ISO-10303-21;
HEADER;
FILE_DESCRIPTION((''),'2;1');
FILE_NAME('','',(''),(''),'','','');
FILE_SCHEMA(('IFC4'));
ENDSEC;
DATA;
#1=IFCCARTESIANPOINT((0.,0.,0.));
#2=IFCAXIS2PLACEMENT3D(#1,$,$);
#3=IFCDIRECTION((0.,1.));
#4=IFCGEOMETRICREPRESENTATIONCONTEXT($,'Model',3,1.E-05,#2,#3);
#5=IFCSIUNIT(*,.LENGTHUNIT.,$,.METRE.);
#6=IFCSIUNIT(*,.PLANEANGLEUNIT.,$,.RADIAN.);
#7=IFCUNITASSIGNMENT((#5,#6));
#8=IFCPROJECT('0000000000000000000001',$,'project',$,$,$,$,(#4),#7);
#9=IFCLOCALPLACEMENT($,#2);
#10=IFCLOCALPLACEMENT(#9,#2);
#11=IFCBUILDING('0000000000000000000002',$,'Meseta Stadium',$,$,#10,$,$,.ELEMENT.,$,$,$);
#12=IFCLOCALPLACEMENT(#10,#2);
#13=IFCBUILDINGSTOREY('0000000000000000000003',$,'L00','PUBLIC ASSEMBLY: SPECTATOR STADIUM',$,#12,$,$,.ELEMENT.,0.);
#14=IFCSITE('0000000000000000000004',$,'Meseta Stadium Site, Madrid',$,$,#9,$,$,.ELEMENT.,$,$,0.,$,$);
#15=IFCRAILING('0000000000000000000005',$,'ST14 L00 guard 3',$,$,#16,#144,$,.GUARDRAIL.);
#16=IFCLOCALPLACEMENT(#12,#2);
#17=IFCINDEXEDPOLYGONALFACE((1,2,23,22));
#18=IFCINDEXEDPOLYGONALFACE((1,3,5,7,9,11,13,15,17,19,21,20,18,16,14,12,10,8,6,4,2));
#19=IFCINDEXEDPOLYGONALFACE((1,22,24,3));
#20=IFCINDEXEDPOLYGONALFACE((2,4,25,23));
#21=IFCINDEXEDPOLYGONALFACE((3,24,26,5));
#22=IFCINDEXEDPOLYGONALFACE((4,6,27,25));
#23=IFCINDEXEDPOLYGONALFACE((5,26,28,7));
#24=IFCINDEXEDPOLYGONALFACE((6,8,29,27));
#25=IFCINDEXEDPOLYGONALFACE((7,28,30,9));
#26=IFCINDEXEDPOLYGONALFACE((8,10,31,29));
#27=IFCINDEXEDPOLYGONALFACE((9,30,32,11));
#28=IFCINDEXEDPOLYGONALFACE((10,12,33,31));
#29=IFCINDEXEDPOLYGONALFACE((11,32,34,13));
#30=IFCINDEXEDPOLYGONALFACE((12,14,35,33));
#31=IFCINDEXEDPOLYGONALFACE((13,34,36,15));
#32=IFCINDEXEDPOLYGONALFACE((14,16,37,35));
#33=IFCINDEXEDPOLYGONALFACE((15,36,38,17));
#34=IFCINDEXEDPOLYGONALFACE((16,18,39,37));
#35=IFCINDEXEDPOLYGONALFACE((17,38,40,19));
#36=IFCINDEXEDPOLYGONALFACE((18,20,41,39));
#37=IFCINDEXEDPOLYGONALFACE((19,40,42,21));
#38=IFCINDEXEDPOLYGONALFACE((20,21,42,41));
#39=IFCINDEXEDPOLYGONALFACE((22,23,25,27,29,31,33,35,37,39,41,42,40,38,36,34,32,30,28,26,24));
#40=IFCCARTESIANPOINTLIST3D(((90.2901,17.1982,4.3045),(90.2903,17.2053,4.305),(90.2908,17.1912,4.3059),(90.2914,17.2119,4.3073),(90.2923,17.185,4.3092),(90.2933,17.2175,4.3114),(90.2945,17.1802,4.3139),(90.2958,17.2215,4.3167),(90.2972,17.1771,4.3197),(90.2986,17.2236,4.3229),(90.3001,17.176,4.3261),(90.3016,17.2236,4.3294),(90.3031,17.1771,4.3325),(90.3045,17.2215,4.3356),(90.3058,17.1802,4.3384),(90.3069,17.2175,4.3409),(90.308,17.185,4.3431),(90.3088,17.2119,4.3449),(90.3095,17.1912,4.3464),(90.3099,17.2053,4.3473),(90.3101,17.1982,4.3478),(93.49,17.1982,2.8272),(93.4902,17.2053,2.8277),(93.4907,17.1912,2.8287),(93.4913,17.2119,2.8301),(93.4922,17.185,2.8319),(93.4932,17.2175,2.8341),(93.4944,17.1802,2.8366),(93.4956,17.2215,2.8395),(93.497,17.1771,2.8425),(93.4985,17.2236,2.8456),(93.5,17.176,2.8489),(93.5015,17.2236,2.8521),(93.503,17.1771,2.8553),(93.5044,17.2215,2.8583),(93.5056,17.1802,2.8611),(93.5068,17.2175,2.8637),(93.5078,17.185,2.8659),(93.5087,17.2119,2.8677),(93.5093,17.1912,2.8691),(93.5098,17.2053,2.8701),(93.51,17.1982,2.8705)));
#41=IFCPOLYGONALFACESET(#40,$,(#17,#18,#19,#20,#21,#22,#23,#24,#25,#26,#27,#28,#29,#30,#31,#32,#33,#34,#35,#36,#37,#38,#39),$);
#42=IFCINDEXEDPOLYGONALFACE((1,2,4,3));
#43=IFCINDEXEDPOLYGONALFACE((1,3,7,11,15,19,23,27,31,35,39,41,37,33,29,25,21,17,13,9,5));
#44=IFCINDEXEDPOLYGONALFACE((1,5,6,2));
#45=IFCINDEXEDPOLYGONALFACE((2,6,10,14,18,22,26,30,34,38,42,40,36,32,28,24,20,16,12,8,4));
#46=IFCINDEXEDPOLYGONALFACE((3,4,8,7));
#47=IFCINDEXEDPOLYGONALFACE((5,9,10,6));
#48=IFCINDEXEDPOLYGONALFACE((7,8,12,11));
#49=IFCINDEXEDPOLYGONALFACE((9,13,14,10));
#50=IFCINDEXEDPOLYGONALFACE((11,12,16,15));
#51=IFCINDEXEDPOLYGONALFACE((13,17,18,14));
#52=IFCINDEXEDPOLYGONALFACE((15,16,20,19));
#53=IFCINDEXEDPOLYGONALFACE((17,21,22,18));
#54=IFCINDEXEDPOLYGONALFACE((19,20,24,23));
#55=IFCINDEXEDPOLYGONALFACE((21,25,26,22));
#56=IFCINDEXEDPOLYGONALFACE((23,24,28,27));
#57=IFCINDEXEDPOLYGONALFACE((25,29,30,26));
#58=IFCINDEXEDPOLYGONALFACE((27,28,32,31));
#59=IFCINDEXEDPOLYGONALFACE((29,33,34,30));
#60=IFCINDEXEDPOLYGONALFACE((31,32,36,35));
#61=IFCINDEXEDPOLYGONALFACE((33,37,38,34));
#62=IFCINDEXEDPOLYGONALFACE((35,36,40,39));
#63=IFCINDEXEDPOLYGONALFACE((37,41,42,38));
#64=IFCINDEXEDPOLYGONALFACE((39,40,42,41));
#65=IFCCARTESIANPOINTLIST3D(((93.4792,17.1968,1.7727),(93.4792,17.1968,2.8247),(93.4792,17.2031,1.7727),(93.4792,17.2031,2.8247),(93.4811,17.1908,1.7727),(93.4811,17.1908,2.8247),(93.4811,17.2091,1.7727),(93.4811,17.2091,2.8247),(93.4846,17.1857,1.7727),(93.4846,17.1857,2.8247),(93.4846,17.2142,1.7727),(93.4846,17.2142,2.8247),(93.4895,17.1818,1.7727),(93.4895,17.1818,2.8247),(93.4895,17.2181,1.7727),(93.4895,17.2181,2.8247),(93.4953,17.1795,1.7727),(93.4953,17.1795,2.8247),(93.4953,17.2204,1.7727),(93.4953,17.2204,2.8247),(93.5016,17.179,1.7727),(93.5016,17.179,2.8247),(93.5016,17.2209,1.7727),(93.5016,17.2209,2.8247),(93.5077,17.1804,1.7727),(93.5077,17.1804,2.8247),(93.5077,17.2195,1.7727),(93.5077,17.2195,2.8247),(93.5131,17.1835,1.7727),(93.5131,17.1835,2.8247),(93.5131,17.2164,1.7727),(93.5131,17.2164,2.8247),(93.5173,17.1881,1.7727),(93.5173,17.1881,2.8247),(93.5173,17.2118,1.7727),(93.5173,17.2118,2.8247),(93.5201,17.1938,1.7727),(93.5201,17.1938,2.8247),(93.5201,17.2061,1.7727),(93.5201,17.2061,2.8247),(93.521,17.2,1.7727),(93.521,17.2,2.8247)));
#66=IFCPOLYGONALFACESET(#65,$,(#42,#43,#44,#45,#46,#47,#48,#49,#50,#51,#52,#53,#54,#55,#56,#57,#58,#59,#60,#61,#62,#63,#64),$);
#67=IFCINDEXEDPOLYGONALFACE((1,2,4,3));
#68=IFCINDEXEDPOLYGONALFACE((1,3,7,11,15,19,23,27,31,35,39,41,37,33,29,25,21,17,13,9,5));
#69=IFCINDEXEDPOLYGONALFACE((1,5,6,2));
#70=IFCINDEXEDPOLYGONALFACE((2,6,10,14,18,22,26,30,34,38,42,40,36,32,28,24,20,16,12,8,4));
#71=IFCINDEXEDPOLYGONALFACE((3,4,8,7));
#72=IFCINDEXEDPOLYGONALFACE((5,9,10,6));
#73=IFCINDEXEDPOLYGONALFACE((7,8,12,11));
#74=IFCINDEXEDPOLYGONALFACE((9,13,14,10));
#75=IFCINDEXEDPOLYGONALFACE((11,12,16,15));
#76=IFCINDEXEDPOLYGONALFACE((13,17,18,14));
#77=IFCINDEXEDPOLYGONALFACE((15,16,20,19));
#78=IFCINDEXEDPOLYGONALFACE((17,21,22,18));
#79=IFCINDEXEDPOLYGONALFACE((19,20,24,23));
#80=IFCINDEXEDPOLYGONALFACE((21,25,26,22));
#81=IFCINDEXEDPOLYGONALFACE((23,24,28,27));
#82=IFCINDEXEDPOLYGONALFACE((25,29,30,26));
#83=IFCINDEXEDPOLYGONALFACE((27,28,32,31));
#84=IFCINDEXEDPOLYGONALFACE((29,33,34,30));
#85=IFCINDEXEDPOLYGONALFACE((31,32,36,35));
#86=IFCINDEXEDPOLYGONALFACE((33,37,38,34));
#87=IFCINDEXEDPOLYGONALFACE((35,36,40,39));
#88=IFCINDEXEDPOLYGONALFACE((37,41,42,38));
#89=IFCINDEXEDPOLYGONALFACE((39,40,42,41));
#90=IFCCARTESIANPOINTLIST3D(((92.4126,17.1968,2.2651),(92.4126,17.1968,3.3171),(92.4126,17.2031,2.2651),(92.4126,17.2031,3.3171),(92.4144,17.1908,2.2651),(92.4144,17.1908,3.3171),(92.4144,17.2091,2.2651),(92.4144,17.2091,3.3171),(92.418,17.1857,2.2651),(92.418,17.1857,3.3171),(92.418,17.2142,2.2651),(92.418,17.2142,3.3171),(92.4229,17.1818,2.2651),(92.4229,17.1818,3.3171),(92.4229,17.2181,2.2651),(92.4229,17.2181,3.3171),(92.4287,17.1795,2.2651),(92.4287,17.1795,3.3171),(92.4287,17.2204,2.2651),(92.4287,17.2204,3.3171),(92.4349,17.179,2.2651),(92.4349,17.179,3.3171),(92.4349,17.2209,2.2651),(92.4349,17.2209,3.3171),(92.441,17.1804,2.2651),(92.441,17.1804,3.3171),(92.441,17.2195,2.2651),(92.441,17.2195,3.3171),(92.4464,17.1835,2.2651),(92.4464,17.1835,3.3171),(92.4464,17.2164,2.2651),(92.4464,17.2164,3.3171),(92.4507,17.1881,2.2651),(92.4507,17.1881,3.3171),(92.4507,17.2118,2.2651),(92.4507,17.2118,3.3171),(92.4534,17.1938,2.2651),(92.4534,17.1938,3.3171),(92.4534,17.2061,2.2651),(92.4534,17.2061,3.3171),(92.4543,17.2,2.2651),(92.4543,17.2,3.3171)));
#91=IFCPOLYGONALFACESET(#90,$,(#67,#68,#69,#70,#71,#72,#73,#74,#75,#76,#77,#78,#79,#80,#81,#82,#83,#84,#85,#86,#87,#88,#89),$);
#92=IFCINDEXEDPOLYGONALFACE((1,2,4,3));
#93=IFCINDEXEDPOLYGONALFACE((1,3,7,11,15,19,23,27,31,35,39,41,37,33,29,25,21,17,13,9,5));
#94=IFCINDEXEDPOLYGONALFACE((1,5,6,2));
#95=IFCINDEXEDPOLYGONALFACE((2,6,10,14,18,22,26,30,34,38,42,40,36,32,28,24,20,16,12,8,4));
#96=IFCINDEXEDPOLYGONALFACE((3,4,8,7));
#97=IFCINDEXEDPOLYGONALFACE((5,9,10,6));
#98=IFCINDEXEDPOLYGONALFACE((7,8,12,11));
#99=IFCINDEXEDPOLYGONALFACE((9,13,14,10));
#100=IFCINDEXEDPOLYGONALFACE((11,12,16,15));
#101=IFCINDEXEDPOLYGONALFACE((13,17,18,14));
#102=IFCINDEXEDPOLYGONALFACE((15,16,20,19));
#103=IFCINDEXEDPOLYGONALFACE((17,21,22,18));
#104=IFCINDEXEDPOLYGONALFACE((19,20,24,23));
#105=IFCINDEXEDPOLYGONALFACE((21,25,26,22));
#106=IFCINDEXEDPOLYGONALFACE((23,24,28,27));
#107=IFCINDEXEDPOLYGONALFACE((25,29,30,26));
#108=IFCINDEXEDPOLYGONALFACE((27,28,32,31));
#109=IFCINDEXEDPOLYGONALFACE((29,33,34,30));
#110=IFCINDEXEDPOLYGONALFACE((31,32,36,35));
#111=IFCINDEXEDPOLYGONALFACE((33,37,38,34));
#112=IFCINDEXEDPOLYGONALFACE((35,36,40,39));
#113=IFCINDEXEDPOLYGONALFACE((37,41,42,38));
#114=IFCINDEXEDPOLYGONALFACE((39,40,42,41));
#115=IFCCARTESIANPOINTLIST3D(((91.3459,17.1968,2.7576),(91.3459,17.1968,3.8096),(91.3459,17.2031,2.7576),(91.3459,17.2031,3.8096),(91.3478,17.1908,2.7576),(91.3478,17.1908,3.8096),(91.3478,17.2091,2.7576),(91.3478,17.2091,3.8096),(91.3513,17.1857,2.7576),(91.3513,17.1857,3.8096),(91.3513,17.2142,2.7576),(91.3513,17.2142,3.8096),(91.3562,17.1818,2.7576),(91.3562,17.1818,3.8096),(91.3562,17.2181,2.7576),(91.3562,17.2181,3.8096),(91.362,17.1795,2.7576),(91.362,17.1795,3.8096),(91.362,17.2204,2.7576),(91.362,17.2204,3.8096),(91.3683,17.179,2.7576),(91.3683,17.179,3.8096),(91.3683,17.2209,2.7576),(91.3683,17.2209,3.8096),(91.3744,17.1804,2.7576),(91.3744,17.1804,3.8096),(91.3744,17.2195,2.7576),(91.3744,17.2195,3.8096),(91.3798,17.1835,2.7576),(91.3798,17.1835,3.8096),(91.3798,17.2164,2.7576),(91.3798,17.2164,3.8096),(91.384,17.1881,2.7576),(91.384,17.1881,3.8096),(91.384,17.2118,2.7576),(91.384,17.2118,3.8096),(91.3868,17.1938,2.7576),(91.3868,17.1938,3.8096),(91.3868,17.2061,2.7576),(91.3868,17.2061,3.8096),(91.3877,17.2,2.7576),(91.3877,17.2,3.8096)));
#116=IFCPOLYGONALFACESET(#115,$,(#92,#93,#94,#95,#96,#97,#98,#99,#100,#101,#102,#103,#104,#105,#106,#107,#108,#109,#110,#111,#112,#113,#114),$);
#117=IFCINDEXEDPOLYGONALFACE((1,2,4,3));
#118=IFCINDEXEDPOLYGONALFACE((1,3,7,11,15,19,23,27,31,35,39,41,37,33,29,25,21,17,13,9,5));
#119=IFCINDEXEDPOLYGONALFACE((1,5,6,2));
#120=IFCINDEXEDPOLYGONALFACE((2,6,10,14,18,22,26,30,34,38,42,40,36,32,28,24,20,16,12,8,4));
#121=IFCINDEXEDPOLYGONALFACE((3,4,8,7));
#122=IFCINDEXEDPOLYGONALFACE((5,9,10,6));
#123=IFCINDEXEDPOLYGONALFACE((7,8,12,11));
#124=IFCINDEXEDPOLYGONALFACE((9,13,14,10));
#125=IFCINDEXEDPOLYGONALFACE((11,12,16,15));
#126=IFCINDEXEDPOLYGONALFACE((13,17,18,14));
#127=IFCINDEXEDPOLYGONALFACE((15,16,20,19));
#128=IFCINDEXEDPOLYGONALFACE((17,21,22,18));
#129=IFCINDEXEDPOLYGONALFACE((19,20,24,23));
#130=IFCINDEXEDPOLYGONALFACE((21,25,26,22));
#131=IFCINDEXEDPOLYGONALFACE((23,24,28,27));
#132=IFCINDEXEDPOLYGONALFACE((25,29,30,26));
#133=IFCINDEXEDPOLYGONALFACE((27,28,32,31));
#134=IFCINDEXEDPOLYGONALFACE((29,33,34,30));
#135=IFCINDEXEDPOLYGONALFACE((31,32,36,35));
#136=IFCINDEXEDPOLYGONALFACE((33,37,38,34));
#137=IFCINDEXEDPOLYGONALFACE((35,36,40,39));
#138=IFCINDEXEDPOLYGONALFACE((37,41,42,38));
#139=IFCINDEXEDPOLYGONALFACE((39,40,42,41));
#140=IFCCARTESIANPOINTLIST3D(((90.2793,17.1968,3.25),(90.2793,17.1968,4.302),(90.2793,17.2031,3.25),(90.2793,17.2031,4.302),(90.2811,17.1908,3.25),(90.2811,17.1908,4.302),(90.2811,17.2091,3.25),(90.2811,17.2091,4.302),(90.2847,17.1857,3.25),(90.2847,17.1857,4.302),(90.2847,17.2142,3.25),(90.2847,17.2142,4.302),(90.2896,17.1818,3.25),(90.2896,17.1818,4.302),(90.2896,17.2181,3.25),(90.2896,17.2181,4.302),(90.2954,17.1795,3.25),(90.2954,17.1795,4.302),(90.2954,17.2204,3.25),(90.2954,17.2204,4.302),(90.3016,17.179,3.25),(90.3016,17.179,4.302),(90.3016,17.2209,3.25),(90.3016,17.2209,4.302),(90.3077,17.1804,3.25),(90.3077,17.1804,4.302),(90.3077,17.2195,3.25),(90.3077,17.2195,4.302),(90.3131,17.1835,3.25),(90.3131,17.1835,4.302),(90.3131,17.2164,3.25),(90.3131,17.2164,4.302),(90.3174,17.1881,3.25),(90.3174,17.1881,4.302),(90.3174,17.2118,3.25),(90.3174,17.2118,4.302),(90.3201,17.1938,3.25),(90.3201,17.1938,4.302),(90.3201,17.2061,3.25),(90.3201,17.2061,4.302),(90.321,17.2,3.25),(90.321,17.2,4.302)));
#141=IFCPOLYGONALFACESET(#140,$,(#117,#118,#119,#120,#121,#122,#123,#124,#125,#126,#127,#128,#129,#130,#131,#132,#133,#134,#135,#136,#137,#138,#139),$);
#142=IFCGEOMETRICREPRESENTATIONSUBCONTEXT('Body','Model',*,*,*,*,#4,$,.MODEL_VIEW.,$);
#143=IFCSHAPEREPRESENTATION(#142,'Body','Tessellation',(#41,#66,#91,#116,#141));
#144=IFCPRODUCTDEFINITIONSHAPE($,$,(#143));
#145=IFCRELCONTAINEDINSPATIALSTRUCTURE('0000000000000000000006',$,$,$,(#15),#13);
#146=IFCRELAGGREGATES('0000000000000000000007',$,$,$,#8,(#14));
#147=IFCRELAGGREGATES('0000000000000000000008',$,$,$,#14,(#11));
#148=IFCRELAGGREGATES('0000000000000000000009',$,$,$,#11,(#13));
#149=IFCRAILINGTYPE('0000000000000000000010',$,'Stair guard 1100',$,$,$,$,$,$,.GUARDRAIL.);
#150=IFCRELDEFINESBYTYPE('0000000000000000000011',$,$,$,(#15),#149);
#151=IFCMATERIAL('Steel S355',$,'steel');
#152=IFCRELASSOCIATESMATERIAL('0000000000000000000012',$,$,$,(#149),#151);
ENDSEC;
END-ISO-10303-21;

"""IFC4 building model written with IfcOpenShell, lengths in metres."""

from ifc_helpers import new_model, si_unit, direction, frame, origin, origin_2d, place, context, subcontext, project, spatial, circle, extrude, material, type_object, element, save


model = new_model("IFC4")

# Units and contexts
model_context = context("Model", 3, precision=1e-05, world=origin(), true_north=direction((0.0, 1.0)))
body_context = subcontext(model_context, "Body", "Model", "MODEL_VIEW")
ifc_project = project(units=[si_unit("LENGTHUNIT", "METRE"), si_unit("PLANEANGLEUNIT", "RADIAN")], contexts=[model_context])

# Site, building, storey
site_placement = place(None, origin())
site = spatial("IfcSite", under=ifc_project, at=site_placement, Name="Meseta Stadium Site, Madrid", CompositionType="ELEMENT", RefElevation=0.0)
building_placement = place(site_placement, origin())
building = spatial("IfcBuilding", under=site, at=building_placement, Name="Meseta Stadium", CompositionType="ELEMENT")
storey_placement = place(building_placement, origin())
storey = spatial("IfcBuildingStorey", under=building, at=storey_placement, Name="L00", Description="PUBLIC ASSEMBLY: SPECTATOR STADIUM", CompositionType="ELEMENT", Elevation=0.0)

# Railing
ifc_material_1 = material(Name="Steel S355", Category="steel")
railing_type_1 = type_object("IfcRailingType", Name="Stair guard 1100", PredefinedType="GUARDRAIL", material=ifc_material_1)
railing_1_placement = place(storey_placement, frame((93.5, 17.2, 1.7727)))
element("IfcRailing", 1, at=railing_1_placement, inside=storey, type_object=railing_type_1, Name="ST14 L00 guard 3", PredefinedType="GUARDRAIL", context=body_context, shape_type="SweptSolid", body=[
    extrude(circle(Radius=0.0239, at=origin_2d()), frame((0.0, 0.0, 1.0762), z_axis=(-0.907917, 0.0, 0.41915), x_axis=(0.0, -1.0, 0.0)), (0.0, 0.0, 1.0), 3.5244),
    extrude(circle(Radius=0.021, at=origin_2d()), origin(), (0.0, 0.0, 1.0), 1.052),
    extrude(circle(Radius=0.021, at=origin_2d()), frame((-1.0667, 0.0, 0.4924)), (0.0, 0.0, 1.0), 1.052),
    extrude(circle(Radius=0.021, at=origin_2d()), frame((-2.1333, 0.0, 0.9849)), (0.0, 0.0, 1.0), 1.052),
    extrude(circle(Radius=0.021, at=origin_2d()), frame((-3.2, 0.0, 1.4773)), (0.0, 0.0, 1.0), 1.052),
])

save(model, "model.ifc")
